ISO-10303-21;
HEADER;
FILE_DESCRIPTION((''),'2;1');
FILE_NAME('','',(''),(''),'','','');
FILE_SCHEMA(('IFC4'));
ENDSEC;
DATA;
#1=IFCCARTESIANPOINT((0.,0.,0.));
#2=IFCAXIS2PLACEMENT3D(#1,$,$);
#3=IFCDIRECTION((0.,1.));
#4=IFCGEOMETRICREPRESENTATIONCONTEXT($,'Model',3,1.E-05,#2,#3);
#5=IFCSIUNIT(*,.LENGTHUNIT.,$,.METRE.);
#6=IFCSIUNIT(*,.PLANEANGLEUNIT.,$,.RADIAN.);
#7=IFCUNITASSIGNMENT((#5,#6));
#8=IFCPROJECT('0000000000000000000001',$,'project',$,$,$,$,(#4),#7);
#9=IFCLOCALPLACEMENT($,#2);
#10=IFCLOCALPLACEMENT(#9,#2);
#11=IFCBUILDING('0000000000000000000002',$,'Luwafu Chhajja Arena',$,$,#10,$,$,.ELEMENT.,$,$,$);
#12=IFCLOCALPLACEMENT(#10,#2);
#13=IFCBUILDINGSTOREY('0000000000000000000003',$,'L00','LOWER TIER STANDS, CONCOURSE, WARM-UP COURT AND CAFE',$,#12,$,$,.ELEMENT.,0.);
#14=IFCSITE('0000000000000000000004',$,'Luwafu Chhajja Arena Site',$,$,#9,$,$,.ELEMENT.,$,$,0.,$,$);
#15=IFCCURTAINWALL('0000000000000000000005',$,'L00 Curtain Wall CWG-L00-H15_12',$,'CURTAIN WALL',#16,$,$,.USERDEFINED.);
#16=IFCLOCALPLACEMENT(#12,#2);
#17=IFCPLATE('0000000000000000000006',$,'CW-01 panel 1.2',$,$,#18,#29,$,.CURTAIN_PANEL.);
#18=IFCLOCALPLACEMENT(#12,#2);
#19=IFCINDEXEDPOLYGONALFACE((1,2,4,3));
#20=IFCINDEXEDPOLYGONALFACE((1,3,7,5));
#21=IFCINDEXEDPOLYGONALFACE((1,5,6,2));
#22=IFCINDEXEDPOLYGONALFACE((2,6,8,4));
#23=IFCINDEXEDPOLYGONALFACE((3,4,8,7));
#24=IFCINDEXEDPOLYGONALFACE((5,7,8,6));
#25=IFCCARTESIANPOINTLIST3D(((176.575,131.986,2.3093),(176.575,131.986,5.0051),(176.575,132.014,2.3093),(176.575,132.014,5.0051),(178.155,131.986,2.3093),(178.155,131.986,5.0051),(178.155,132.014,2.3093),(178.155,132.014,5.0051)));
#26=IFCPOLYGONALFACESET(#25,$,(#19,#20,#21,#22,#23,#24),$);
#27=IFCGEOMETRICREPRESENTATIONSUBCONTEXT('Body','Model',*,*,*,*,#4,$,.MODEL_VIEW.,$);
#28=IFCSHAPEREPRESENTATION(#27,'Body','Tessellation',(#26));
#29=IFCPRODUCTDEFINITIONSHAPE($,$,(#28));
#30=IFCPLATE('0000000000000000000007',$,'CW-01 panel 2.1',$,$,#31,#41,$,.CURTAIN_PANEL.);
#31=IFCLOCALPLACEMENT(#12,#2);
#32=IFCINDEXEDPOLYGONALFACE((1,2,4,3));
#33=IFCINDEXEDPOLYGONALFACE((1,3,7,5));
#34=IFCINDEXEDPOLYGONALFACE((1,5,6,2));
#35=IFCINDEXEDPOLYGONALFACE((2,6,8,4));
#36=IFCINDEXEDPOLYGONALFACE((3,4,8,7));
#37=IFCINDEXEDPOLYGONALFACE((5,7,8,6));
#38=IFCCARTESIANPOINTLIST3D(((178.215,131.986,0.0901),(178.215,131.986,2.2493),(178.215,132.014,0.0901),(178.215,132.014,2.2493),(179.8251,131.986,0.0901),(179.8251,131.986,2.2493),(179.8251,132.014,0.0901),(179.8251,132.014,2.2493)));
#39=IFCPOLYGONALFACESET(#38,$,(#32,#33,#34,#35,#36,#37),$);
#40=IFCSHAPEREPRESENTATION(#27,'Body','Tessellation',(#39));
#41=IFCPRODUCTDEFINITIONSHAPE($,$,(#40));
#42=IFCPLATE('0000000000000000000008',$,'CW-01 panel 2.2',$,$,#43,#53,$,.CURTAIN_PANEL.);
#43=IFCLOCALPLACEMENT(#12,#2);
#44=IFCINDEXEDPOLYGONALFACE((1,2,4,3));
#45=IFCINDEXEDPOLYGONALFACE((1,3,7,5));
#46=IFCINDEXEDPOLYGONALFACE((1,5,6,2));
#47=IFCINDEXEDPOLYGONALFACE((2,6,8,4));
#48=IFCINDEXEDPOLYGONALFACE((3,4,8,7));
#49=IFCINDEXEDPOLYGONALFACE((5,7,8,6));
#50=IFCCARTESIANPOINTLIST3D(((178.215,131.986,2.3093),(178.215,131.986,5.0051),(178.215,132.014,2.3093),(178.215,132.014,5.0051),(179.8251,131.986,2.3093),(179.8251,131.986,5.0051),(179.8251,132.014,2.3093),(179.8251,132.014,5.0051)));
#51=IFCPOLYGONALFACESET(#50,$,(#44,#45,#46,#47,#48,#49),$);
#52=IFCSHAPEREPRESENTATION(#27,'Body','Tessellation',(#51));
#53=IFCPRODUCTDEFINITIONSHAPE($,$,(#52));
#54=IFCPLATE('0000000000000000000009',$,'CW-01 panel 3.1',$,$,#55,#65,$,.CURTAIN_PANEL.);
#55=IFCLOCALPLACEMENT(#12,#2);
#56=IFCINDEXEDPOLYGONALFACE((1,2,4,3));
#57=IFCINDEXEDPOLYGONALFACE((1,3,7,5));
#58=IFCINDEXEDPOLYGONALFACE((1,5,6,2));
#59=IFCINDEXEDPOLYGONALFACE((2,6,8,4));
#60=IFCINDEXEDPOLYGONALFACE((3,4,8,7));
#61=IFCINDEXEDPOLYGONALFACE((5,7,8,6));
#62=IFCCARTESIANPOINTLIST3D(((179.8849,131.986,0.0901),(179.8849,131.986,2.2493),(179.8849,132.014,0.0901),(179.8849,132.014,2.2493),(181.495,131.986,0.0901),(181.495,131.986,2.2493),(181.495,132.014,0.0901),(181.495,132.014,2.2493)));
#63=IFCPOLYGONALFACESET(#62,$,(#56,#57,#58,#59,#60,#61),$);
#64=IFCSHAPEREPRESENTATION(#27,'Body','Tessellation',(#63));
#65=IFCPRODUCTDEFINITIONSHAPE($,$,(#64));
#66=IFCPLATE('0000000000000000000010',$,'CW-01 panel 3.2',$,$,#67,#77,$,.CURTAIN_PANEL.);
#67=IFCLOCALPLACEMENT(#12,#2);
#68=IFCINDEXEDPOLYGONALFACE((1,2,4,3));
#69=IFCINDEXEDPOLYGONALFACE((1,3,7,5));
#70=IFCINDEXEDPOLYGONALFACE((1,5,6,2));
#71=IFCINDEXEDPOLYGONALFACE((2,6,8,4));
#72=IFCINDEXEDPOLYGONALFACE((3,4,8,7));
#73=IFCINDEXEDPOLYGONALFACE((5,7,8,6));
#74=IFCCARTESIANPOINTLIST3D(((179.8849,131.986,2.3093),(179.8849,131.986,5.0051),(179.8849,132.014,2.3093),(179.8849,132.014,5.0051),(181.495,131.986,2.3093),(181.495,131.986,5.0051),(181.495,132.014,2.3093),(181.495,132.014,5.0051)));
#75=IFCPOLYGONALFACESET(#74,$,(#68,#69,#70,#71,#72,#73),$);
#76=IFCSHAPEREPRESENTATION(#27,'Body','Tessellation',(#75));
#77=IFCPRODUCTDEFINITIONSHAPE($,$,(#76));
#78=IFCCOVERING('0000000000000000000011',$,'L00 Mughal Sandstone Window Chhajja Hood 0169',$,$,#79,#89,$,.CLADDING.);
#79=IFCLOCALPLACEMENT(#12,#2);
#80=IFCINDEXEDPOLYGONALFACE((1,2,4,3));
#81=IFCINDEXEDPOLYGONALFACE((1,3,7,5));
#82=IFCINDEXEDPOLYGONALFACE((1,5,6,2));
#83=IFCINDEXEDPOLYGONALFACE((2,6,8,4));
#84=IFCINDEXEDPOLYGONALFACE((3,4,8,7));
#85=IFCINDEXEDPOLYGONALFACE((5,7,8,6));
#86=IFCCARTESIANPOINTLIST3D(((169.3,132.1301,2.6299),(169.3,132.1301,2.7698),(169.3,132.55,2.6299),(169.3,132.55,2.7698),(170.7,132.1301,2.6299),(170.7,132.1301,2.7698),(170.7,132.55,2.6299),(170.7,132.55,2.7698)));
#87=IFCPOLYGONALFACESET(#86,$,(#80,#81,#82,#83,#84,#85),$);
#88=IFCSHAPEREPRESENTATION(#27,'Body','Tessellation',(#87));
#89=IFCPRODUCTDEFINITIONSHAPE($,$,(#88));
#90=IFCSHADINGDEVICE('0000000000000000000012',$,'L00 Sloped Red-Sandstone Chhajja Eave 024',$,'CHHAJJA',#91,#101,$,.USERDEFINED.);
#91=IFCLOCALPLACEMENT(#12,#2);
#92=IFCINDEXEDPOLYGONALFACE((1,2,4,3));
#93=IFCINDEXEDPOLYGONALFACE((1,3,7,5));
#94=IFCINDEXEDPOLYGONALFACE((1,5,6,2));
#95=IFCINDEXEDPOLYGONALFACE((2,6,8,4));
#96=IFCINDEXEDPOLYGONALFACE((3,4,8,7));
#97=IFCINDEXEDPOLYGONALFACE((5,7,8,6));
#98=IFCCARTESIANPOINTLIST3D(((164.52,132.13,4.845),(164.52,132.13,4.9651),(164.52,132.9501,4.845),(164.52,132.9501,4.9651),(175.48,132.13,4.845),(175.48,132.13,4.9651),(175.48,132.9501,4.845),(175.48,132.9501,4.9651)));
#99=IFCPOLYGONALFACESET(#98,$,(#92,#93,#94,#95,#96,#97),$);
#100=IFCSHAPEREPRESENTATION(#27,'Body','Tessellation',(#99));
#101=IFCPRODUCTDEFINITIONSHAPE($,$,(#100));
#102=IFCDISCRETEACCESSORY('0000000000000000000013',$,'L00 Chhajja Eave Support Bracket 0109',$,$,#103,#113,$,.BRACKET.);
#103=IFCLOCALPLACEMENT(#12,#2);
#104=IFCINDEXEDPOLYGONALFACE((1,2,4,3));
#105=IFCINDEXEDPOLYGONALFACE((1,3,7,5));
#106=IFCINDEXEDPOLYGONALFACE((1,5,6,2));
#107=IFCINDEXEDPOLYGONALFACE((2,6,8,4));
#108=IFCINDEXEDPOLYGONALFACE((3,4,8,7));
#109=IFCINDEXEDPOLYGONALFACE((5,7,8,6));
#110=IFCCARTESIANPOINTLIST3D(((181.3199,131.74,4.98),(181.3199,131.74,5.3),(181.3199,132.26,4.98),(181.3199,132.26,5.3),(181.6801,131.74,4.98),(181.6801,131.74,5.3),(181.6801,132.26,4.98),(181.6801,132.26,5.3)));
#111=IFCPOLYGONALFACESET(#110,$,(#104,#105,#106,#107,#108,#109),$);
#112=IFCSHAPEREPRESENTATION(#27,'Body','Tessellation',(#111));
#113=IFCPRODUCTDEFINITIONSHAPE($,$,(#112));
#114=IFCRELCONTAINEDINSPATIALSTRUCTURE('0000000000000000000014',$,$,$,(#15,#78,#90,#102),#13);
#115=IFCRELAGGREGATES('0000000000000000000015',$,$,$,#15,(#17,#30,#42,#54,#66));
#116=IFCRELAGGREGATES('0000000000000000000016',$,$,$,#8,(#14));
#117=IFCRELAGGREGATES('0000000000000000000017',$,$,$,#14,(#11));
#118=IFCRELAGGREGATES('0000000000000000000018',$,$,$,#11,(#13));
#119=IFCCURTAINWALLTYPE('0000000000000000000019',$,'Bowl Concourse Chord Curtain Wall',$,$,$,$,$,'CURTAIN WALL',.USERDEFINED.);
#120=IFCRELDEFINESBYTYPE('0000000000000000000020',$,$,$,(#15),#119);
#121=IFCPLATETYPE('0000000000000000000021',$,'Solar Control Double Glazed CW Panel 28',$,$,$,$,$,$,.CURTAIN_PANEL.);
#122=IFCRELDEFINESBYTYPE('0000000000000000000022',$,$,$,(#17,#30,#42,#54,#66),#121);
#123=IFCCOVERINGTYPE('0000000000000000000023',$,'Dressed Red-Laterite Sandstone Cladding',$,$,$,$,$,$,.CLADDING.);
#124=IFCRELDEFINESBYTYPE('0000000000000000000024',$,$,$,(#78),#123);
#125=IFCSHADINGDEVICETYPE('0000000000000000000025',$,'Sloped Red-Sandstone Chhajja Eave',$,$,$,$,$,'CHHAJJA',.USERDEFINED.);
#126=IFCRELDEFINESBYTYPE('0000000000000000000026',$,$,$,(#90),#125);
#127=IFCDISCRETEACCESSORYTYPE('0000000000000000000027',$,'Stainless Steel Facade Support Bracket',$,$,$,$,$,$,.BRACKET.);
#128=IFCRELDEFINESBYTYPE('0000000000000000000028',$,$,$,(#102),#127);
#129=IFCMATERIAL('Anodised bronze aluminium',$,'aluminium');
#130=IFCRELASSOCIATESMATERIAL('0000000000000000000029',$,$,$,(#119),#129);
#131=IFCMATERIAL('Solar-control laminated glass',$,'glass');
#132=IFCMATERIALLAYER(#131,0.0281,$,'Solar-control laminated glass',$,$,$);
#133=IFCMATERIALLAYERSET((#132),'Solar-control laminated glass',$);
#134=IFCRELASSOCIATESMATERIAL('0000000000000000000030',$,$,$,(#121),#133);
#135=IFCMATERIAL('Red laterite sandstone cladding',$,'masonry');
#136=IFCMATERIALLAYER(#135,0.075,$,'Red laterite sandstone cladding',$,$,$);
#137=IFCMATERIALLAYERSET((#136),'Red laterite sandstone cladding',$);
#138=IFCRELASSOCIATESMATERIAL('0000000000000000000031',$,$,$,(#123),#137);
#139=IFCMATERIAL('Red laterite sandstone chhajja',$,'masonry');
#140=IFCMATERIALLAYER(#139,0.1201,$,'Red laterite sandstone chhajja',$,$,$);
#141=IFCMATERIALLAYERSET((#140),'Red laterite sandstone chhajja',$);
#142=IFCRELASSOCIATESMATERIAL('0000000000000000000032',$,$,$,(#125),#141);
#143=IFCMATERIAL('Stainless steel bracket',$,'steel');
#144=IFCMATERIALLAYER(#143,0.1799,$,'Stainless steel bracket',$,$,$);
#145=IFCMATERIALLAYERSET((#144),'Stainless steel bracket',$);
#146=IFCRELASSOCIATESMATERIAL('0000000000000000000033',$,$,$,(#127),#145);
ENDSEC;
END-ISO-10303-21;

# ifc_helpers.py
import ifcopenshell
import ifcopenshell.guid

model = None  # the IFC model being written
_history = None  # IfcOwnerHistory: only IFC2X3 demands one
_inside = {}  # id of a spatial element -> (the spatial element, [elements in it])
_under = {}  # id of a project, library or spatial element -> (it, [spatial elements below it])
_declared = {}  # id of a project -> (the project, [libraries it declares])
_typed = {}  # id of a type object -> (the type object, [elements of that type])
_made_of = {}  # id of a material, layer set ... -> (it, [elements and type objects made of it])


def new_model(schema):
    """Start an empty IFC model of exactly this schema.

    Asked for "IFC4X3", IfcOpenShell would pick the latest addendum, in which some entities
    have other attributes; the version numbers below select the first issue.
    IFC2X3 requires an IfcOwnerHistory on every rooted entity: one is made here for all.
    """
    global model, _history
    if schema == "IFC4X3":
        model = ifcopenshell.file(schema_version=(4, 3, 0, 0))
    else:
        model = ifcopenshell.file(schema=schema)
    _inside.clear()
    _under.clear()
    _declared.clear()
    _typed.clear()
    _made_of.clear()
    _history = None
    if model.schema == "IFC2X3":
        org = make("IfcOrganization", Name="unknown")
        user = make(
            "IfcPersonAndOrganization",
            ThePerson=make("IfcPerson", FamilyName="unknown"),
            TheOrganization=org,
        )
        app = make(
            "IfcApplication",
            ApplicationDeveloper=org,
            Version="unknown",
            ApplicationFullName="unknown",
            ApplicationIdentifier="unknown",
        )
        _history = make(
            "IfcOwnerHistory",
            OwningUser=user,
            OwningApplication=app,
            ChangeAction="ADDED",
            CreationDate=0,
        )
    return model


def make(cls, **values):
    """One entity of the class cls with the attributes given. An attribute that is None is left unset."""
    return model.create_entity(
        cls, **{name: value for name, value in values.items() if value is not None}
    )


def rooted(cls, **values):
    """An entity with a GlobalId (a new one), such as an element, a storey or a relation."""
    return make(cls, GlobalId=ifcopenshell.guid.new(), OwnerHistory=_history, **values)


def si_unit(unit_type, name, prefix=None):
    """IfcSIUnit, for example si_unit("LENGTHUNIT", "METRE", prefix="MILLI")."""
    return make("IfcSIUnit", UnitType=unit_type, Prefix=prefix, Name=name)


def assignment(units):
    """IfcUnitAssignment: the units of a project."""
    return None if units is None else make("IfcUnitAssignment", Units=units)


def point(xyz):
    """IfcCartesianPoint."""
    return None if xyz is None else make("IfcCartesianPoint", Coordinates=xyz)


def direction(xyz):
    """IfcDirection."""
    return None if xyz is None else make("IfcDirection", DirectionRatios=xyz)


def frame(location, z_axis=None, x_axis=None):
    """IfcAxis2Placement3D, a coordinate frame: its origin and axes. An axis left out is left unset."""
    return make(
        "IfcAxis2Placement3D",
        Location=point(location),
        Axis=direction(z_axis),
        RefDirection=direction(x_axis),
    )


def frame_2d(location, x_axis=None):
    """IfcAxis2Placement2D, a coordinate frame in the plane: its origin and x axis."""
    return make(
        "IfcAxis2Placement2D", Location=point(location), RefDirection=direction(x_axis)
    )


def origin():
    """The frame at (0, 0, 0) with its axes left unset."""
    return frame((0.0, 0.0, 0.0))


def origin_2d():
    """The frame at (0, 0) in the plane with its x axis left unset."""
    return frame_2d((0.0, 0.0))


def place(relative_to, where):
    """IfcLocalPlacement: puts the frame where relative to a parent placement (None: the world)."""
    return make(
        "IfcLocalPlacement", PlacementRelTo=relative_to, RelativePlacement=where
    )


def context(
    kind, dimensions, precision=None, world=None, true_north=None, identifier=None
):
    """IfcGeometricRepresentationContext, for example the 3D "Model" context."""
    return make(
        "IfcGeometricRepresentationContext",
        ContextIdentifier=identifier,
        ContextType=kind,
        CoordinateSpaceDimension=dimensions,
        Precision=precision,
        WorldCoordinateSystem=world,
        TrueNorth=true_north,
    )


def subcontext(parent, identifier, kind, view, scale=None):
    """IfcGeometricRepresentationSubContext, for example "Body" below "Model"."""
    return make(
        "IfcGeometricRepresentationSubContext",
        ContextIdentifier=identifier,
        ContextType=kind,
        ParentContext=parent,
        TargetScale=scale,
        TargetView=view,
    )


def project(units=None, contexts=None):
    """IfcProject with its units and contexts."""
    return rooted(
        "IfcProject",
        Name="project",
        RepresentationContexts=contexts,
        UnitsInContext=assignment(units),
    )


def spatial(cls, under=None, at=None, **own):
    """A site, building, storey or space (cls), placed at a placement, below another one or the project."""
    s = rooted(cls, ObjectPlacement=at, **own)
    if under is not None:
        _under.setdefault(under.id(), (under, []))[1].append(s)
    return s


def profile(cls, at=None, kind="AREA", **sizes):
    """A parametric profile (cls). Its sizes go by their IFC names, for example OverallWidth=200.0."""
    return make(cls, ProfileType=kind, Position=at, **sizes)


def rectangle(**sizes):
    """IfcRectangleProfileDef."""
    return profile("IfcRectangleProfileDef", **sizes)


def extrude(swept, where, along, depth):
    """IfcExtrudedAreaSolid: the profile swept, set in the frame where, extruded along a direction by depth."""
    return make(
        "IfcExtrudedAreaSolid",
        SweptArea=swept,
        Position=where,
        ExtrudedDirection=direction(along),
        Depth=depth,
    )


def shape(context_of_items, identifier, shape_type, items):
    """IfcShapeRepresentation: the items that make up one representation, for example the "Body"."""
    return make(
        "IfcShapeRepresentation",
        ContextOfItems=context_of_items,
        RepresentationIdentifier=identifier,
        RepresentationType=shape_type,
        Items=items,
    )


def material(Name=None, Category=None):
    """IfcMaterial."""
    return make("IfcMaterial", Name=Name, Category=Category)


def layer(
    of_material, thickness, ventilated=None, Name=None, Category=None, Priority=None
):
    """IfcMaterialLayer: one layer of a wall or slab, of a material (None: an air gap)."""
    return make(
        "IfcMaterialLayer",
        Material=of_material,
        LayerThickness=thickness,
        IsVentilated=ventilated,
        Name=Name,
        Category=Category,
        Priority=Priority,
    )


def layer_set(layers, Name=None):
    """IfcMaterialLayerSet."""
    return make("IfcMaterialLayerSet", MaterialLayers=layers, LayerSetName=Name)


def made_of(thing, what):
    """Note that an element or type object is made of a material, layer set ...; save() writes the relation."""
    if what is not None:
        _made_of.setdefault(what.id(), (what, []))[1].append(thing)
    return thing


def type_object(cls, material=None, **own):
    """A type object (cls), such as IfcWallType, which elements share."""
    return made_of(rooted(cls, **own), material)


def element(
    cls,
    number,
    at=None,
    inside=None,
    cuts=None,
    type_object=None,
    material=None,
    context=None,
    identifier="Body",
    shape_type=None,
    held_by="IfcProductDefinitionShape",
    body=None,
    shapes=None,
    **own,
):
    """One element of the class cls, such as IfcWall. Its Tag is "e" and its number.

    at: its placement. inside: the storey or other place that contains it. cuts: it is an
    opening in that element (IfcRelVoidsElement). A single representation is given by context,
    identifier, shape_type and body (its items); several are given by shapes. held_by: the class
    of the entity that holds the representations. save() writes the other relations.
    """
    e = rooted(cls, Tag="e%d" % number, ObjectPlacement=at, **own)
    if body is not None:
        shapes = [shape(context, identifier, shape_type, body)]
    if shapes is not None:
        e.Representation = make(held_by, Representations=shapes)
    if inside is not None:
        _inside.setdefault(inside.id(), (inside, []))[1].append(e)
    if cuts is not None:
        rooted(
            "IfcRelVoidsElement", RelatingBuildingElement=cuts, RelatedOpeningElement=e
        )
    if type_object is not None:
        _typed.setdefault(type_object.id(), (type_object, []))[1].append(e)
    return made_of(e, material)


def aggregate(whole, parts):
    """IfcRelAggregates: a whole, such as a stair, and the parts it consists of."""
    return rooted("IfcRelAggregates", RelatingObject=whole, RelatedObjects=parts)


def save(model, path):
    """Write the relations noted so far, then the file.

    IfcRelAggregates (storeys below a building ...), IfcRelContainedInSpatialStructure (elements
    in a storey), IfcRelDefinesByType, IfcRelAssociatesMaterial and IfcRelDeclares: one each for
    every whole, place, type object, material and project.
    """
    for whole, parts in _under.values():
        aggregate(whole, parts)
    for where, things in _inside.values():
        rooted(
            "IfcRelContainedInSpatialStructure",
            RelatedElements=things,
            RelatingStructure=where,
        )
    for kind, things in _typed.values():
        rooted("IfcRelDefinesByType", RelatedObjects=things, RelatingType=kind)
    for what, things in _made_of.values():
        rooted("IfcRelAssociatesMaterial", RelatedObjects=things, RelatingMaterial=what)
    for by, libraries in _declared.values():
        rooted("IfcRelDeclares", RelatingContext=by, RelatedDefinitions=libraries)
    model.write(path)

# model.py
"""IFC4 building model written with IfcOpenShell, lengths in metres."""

from ifc_helpers import new_model, si_unit, direction, frame, origin, origin_2d, place, context, subcontext, project, spatial, rectangle, extrude, material, layer, layer_set, type_object, element, aggregate, save


model = new_model("IFC4")

# Units and contexts
model_context = context("Model", 3, precision=1e-05, world=origin(), true_north=direction((0.0, 1.0)))
body_context = subcontext(model_context, "Body", "Model", "MODEL_VIEW")
ifc_project = project(units=[si_unit("LENGTHUNIT", "METRE"), si_unit("PLANEANGLEUNIT", "RADIAN")], contexts=[model_context])

# Site, building, storey
site_placement = place(None, origin())
site = spatial("IfcSite", under=ifc_project, at=site_placement, Name="Luwafu Chhajja Arena Site", CompositionType="ELEMENT", RefElevation=0.0)
building_placement = place(site_placement, origin())
building = spatial("IfcBuilding", under=site, at=building_placement, Name="Luwafu Chhajja Arena", CompositionType="ELEMENT")
storey_placement = place(building_placement, origin())
storey = spatial("IfcBuildingStorey", under=building, at=storey_placement, Name="L00", Description="LOWER TIER STANDS, CONCOURSE, WARM-UP COURT AND CAFE", CompositionType="ELEMENT", Elevation=0.0)

# Curtain wall, plates
ifc_material_1 = material(Name="Anodised bronze aluminium", Category="aluminium")
curtain_wall_type = type_object("IfcCurtainWallType", Name="Bowl Concourse Chord Curtain Wall", ElementType="CURTAIN WALL", PredefinedType="USERDEFINED", material=ifc_material_1)
curtain_wall_placement = place(storey_placement, origin())
curtain_wall = element("IfcCurtainWall", 1, at=curtain_wall_placement, inside=storey, type_object=curtain_wall_type, Name="L00 Curtain Wall CWG-L00-H15_12", ObjectType="CURTAIN WALL", PredefinedType="USERDEFINED")
ifc_material_2 = material(Name="Solar-control laminated glass", Category="glass")
ifc_layer_1 = layer(ifc_material_2, 0.0281, Name="Solar-control laminated glass")
ifc_layer_set_1 = layer_set([ifc_layer_1], Name="Solar-control laminated glass")
plate_type = type_object("IfcPlateType", Name="Solar Control Double Glazed CW Panel 28", PredefinedType="CURTAIN_PANEL", material=ifc_layer_set_1)
plate_1_placement = place(storey_placement, frame((177.365, 132.0, 2.3093), z_axis=(0.0, 0.0, 1.0), x_axis=(1.0, 0.0, 0.0)))
plate_1 = element("IfcPlate", 2, at=plate_1_placement, type_object=plate_type, Name="CW-01 panel 1.2", PredefinedType="CURTAIN_PANEL", context=body_context, shape_type="SweptSolid", body=[
    extrude(rectangle(XDim=1.5801, YDim=0.0281, at=origin_2d()), origin(), (0.0, 0.0, 1.0), 2.6958),
])
plate_2_placement = place(storey_placement, frame((179.02, 132.0, 0.0901), z_axis=(0.0, 0.0, 1.0), x_axis=(1.0, 0.0, 0.0)))
plate_2 = element("IfcPlate", 3, at=plate_2_placement, type_object=plate_type, Name="CW-01 panel 2.1", PredefinedType="CURTAIN_PANEL", context=body_context, shape_type="SweptSolid", body=[
    extrude(rectangle(XDim=1.6101, YDim=0.0281, at=origin_2d()), origin(), (0.0, 0.0, 1.0), 2.1592),
])
plate_3_placement = place(storey_placement, frame((179.02, 132.0, 2.3093), z_axis=(0.0, 0.0, 1.0), x_axis=(1.0, 0.0, 0.0)))
plate_3 = element("IfcPlate", 4, at=plate_3_placement, type_object=plate_type, Name="CW-01 panel 2.2", PredefinedType="CURTAIN_PANEL", context=body_context, shape_type="SweptSolid", body=[
    extrude(rectangle(XDim=1.6101, YDim=0.0281, at=origin_2d()), origin(), (0.0, 0.0, 1.0), 2.6958),
])
plate_4_placement = place(storey_placement, frame((180.6899, 132.0, 0.0901), z_axis=(0.0, 0.0, 1.0), x_axis=(1.0, 0.0, 0.0)))
plate_4 = element("IfcPlate", 5, at=plate_4_placement, type_object=plate_type, Name="CW-01 panel 3.1", PredefinedType="CURTAIN_PANEL", context=body_context, shape_type="SweptSolid", body=[
    extrude(rectangle(XDim=1.6101, YDim=0.0281, at=origin_2d()), origin(), (0.0, 0.0, 1.0), 2.1592),
])
plate_5_placement = place(storey_placement, frame((180.6899, 132.0, 2.3093), z_axis=(0.0, 0.0, 1.0), x_axis=(1.0, 0.0, 0.0)))
plate_5 = element("IfcPlate", 6, at=plate_5_placement, type_object=plate_type, Name="CW-01 panel 3.2", PredefinedType="CURTAIN_PANEL", context=body_context, shape_type="SweptSolid", body=[
    extrude(rectangle(XDim=1.6101, YDim=0.0281, at=origin_2d()), origin(), (0.0, 0.0, 1.0), 2.6958),
])
aggregate(curtain_wall, [plate_1, plate_2, plate_3, plate_4, plate_5])

# Covering
ifc_material_3 = material(Name="Red laterite sandstone cladding", Category="masonry")
ifc_layer_2 = layer(ifc_material_3, 0.075, Name="Red laterite sandstone cladding")
ifc_layer_set_2 = layer_set([ifc_layer_2], Name="Red laterite sandstone cladding")
covering_type = type_object("IfcCoveringType", Name="Dressed Red-Laterite Sandstone Cladding", PredefinedType="CLADDING", material=ifc_layer_set_2)
covering_placement = place(storey_placement, frame((170.0, 132.3401, 2.6299), z_axis=(0.0, 0.0, 1.0), x_axis=(1.0, 0.0, 0.0)))
element("IfcCovering", 7, at=covering_placement, inside=storey, type_object=covering_type, Name="L00 Mughal Sandstone Window Chhajja Hood 0169", PredefinedType="CLADDING", context=body_context, shape_type="SweptSolid", body=[
    extrude(rectangle(XDim=1.3999, YDim=0.4199, at=origin_2d()), origin(), (0.0, 0.0, 1.0), 0.1399),
])

# Shading device
ifc_material_4 = material(Name="Red laterite sandstone chhajja", Category="masonry")
ifc_layer_3 = layer(ifc_material_4, 0.1201, Name="Red laterite sandstone chhajja")
ifc_layer_set_3 = layer_set([ifc_layer_3], Name="Red laterite sandstone chhajja")
shading_device_type = type_object("IfcShadingDeviceType", Name="Sloped Red-Sandstone Chhajja Eave", ElementType="CHHAJJA", PredefinedType="USERDEFINED", material=ifc_layer_set_3)
shading_device_placement = place(storey_placement, frame((170.0, 132.54, 4.845), z_axis=(0.0, 0.0, 1.0), x_axis=(1.0, 0.0, 0.0)))
element("IfcShadingDevice", 8, at=shading_device_placement, inside=storey, type_object=shading_device_type, Name="L00 Sloped Red-Sandstone Chhajja Eave 024", ObjectType="CHHAJJA", PredefinedType="USERDEFINED", context=body_context, shape_type="SweptSolid", body=[
    extrude(rectangle(XDim=10.96, YDim=0.8201, at=origin_2d()), origin(), (0.0, 0.0, 1.0), 0.1201),
])

# Discrete accessory
ifc_material_5 = material(Name="Stainless steel bracket", Category="steel")
ifc_layer_4 = layer(ifc_material_5, 0.1799, Name="Stainless steel bracket")
ifc_layer_set_4 = layer_set([ifc_layer_4], Name="Stainless steel bracket")
discrete_accessory_type = type_object("IfcDiscreteAccessoryType", Name="Stainless Steel Facade Support Bracket", PredefinedType="BRACKET", material=ifc_layer_set_4)
discrete_accessory_placement = place(storey_placement, frame((181.5, 132.0, 4.98), z_axis=(0.0, 0.0, 1.0), x_axis=(1.0, 0.0, 0.0)))
element("IfcDiscreteAccessory", 9, at=discrete_accessory_placement, inside=storey, type_object=discrete_accessory_type, Name="L00 Chhajja Eave Support Bracket 0109", PredefinedType="BRACKET", context=body_context, shape_type="SweptSolid", body=[
    extrude(rectangle(XDim=0.3601, YDim=0.52, at=origin_2d()), origin(), (0.0, 0.0, 1.0), 0.3201),
])

save(model, "model.ifc")
